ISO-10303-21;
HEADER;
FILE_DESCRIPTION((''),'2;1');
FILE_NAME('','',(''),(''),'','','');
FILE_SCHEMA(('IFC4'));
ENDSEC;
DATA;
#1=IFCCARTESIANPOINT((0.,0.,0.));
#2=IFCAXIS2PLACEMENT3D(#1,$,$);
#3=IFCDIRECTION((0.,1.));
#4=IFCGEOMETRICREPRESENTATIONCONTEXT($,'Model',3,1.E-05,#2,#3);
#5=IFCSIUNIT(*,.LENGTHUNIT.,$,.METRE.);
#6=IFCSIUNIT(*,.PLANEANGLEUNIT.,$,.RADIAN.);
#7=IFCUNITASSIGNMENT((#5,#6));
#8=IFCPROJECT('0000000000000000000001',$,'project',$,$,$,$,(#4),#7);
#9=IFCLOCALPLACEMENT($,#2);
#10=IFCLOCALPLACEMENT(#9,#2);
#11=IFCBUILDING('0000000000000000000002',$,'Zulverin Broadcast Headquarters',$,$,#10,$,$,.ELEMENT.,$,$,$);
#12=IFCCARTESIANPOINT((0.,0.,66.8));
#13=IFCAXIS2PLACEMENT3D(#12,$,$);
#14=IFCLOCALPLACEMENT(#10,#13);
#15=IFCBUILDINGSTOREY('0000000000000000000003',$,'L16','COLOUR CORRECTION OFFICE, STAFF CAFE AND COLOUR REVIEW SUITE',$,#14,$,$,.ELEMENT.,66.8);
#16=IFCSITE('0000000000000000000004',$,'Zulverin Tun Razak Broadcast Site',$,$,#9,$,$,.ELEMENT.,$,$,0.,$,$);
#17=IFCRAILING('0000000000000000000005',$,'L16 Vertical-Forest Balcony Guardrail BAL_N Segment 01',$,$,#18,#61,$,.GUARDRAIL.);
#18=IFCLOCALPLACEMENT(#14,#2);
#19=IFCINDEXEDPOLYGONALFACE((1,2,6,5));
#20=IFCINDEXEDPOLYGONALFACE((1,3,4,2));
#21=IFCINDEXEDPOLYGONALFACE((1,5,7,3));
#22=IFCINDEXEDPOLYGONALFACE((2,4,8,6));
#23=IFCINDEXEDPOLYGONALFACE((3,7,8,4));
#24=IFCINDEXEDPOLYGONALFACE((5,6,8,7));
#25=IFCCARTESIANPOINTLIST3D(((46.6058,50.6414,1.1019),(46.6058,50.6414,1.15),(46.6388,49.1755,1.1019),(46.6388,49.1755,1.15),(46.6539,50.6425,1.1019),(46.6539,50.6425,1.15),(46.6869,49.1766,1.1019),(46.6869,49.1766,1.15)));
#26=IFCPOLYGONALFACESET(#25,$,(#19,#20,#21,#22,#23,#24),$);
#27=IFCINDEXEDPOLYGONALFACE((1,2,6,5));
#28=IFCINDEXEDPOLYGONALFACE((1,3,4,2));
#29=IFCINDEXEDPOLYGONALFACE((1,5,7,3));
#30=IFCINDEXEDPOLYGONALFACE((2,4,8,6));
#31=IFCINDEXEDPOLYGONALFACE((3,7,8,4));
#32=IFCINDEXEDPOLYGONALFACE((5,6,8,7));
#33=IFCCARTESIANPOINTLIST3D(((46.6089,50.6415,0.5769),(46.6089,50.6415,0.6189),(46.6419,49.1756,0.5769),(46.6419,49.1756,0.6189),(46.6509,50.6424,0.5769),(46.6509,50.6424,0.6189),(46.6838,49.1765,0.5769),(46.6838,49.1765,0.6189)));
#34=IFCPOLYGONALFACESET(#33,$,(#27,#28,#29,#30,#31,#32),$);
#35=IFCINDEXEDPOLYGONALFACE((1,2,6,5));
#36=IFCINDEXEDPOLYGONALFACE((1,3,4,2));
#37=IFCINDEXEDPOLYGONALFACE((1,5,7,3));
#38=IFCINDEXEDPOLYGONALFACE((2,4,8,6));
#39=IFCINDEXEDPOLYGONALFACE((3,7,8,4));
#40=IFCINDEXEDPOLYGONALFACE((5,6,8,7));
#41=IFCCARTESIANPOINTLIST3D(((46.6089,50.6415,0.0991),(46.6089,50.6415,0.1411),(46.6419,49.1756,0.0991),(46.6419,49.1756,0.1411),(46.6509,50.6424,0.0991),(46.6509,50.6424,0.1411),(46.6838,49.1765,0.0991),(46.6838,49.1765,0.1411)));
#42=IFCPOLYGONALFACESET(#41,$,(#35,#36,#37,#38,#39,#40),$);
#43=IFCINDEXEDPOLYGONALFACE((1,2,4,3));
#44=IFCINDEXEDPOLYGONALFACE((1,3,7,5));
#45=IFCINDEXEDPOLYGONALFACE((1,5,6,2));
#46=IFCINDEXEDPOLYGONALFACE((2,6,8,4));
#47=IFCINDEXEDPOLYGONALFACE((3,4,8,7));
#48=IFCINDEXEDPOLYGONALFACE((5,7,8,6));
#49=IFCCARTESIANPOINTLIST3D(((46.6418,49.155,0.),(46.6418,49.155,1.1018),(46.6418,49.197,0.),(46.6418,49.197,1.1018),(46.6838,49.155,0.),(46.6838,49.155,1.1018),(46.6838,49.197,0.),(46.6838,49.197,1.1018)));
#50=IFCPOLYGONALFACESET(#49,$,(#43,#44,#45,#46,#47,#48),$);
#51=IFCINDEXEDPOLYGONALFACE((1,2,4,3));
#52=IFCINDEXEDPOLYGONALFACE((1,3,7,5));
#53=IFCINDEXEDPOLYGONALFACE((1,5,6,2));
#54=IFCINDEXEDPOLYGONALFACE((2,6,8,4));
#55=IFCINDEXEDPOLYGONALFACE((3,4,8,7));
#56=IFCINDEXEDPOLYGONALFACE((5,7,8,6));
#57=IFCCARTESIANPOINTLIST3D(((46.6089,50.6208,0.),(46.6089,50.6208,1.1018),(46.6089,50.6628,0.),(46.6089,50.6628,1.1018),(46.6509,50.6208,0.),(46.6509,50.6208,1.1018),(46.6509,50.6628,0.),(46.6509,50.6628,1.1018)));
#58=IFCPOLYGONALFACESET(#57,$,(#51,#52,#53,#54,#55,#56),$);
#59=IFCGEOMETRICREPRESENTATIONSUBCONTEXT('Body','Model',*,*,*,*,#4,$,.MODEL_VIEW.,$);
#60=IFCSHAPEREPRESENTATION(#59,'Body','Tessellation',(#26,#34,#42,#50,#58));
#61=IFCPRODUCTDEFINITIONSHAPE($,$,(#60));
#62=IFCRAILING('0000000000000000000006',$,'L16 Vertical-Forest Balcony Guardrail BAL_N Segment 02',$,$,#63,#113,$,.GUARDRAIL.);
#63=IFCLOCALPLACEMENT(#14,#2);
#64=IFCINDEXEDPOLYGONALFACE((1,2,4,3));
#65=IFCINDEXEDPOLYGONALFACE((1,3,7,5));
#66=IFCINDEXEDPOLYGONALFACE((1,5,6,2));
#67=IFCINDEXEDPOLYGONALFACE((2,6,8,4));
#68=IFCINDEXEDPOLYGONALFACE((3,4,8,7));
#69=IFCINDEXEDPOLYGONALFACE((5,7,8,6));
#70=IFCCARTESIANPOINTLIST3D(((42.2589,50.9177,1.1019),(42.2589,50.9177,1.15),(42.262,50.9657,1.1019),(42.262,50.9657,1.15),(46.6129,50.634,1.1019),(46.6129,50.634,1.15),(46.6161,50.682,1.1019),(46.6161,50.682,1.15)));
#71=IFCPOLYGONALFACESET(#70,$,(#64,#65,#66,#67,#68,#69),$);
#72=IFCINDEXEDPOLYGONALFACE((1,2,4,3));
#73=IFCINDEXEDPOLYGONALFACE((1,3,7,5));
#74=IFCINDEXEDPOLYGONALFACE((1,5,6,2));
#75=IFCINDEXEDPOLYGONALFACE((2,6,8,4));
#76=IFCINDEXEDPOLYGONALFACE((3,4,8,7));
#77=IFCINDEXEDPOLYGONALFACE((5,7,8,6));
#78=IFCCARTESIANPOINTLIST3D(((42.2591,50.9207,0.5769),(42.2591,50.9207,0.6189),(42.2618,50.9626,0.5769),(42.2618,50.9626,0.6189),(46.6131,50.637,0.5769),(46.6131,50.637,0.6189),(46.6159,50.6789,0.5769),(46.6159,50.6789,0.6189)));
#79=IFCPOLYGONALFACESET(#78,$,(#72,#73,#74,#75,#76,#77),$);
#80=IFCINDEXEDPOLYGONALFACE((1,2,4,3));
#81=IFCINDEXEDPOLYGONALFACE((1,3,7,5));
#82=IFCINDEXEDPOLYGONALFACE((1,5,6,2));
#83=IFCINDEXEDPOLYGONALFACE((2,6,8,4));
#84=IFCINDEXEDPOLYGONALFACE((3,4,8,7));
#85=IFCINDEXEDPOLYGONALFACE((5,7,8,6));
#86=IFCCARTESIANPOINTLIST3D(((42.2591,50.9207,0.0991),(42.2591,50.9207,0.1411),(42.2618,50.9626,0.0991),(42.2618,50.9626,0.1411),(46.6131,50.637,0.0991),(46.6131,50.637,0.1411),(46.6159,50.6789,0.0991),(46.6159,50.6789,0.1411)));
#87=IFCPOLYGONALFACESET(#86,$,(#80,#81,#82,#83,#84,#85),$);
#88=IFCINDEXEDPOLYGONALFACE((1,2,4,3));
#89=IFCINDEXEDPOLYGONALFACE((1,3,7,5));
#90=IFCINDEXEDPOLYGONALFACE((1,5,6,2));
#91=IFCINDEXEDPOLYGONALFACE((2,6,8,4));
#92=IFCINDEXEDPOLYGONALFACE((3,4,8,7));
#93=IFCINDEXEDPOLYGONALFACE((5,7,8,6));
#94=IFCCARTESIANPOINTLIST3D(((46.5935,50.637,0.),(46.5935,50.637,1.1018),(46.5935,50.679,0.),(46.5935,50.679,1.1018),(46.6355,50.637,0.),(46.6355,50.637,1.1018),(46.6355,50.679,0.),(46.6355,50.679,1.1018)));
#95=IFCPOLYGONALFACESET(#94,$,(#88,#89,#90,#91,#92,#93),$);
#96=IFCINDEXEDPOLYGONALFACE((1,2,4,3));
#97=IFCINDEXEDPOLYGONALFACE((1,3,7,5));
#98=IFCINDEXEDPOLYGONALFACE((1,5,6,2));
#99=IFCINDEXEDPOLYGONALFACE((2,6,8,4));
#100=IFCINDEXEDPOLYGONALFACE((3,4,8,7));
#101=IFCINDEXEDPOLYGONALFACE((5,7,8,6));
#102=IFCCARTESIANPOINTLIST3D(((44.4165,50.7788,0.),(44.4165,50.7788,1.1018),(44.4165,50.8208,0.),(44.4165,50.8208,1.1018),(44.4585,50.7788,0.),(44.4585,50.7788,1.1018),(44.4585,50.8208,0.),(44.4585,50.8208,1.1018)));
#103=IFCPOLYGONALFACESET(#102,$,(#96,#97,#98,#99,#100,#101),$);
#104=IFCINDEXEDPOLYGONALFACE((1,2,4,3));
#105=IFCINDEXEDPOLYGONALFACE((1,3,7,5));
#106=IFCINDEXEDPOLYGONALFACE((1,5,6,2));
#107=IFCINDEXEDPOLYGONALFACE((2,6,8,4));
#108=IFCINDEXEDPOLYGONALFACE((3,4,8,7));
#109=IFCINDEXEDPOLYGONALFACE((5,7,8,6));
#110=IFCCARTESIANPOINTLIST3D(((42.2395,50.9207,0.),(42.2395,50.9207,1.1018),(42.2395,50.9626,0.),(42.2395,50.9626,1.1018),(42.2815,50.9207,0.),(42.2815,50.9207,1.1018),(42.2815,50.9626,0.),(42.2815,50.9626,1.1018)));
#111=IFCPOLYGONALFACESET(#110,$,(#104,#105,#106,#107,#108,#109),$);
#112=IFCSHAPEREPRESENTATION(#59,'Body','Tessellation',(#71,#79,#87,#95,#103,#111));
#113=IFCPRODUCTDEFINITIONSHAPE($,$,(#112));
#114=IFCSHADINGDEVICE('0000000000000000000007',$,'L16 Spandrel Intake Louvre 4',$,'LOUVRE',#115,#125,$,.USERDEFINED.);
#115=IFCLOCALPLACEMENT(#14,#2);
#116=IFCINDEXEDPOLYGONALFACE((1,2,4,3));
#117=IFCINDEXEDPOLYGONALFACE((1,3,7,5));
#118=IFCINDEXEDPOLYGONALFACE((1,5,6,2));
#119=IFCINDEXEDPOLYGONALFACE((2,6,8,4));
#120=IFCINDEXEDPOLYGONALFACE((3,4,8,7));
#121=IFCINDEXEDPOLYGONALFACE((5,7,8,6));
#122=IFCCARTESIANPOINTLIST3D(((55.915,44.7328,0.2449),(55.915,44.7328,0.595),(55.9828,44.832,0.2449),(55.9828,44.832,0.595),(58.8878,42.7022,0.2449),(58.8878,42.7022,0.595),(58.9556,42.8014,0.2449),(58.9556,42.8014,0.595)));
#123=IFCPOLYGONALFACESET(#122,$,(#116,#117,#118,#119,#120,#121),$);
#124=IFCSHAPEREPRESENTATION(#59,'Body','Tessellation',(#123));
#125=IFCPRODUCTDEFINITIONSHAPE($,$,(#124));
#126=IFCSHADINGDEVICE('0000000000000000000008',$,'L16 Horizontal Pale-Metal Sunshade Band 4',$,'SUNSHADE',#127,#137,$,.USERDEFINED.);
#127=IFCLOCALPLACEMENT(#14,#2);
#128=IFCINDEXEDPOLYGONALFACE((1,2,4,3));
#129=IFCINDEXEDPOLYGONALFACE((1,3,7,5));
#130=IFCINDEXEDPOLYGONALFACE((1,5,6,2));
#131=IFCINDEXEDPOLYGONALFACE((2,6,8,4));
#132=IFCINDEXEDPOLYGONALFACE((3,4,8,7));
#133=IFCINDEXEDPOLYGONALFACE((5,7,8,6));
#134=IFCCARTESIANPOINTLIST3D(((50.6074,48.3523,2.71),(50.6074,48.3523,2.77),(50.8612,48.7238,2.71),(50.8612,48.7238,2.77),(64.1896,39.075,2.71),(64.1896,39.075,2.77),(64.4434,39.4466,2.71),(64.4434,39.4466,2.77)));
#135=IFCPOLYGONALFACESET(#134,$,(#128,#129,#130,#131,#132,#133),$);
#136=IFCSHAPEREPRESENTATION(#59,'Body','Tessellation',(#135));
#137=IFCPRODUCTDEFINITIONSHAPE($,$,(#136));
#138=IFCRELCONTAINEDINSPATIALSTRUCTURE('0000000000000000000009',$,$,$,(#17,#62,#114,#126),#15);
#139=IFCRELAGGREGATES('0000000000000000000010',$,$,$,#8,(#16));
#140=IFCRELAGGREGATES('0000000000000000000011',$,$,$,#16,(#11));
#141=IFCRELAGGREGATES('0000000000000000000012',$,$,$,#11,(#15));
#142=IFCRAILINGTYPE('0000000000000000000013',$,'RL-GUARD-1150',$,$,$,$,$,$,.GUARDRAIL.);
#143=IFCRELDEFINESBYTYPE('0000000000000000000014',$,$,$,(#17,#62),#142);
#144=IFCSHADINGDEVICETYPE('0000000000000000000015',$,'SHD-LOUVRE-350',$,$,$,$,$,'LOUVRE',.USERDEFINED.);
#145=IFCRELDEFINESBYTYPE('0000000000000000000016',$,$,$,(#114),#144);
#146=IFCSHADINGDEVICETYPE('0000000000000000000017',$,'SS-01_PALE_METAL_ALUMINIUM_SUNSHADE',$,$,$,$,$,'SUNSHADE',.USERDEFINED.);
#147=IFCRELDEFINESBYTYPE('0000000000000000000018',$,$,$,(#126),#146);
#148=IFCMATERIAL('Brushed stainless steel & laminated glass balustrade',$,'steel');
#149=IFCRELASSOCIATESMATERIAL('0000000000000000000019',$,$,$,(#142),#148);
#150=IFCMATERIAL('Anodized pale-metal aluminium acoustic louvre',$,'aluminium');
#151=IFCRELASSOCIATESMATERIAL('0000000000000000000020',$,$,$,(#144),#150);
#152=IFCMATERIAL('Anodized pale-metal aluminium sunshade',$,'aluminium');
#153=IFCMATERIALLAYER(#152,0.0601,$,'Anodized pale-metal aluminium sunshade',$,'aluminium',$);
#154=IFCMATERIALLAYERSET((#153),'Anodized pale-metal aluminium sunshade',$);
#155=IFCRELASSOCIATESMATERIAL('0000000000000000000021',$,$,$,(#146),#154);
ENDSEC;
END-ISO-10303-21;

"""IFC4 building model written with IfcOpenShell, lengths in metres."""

from ifc_helpers import new_model, si_unit, direction, frame, origin, origin_2d, place, context, subcontext, project, spatial, rectangle, extrude, material, layer, layer_set, type_object, element, save


model = new_model("IFC4")

# Units and contexts
model_context = context("Model", 3, precision=1e-05, world=origin(), true_north=direction((0.0, 1.0)))
body_context = subcontext(model_context, "Body", "Model", "MODEL_VIEW")
ifc_project = project(units=[si_unit("LENGTHUNIT", "METRE"), si_unit("PLANEANGLEUNIT", "RADIAN")], contexts=[model_context])

# Site, building, storey
site_placement = place(None, origin())
site = spatial("IfcSite", under=ifc_project, at=site_placement, Name="Zulverin Tun Razak Broadcast Site", CompositionType="ELEMENT", RefElevation=0.0)
building_placement = place(site_placement, origin())
building = spatial("IfcBuilding", under=site, at=building_placement, Name="Zulverin Broadcast Headquarters", CompositionType="ELEMENT")
storey_placement = place(building_placement, frame((0.0, 0.0, 66.8)))
storey = spatial("IfcBuildingStorey", under=building, at=storey_placement, Name="L16", Description="COLOUR CORRECTION OFFICE, STAFF CAFE AND COLOUR REVIEW SUITE", CompositionType="ELEMENT", Elevation=66.8)

# Railings
ifc_material_1 = material(Name="Brushed stainless steel & laminated glass balustrade", Category="steel")
railing_type = type_object("IfcRailingType", Name="RL-GUARD-1150", PredefinedType="GUARDRAIL", material=ifc_material_1)
railing_1_placement = place(storey_placement, frame((46.6628, 49.176, 0.0)))
element("IfcRailing", 1, at=railing_1_placement, inside=storey, type_object=railing_type, Name="L16 Vertical-Forest Balcony Guardrail BAL_N Segment 01", PredefinedType="GUARDRAIL", context=body_context, shape_type="SweptSolid", body=[
    extrude(rectangle(XDim=0.0481, YDim=0.0481, at=origin_2d()), frame((0.0, 0.0, 1.126), z_axis=(-0.022479, 0.999747, 0.0), x_axis=(-0.999747, -0.022479, 0.0)), (0.0, 0.0, 1.0), 1.4663),
    extrude(rectangle(XDim=0.042, YDim=0.042, at=origin_2d()), frame((0.0, 0.0, 0.5979), z_axis=(-0.022479, 0.999747, 0.0), x_axis=(-0.999747, -0.022479, 0.0)), (0.0, 0.0, 1.0), 1.4663),
    extrude(rectangle(XDim=0.042, YDim=0.042, at=origin_2d()), frame((0.0, 0.0, 0.1201), z_axis=(-0.022479, 0.999747, 0.0), x_axis=(-0.999747, -0.022479, 0.0)), (0.0, 0.0, 1.0), 1.4663),
    extrude(rectangle(XDim=0.042, YDim=0.042, at=origin_2d()), origin(), (0.0, 0.0, 1.0), 1.1018),
    extrude(rectangle(XDim=0.042, YDim=0.042, at=origin_2d()), frame((-0.033, 1.4658, 0.0)), (0.0, 0.0, 1.0), 1.1018),
])
railing_2_placement = place(storey_placement, frame((46.6145, 50.658, 0.0)))
element("IfcRailing", 2, at=railing_2_placement, inside=storey, type_object=railing_type, Name="L16 Vertical-Forest Balcony Guardrail BAL_N Segment 02", PredefinedType="GUARDRAIL", context=body_context, shape_type="SweptSolid", body=[
    extrude(rectangle(XDim=0.0481, YDim=0.0481, at=origin_2d()), frame((0.0, 0.0, 1.126), z_axis=(-0.997884, 0.065019, 0.0), x_axis=(-0.065019, -0.997884, 0.0)), (0.0, 0.0, 1.0), 4.3633),
    extrude(rectangle(XDim=0.042, YDim=0.042, at=origin_2d()), frame((0.0, 0.0, 0.5979), z_axis=(-0.997884, 0.065019, 0.0), x_axis=(-0.065019, -0.997884, 0.0)), (0.0, 0.0, 1.0), 4.3633),
    extrude(rectangle(XDim=0.042, YDim=0.042, at=origin_2d()), frame((0.0, 0.0, 0.1201), z_axis=(-0.997884, 0.065019, 0.0), x_axis=(-0.065019, -0.997884, 0.0)), (0.0, 0.0, 1.0), 4.3633),
    extrude(rectangle(XDim=0.042, YDim=0.042, at=origin_2d()), origin(), (0.0, 0.0, 1.0), 1.1018),
    extrude(rectangle(XDim=0.042, YDim=0.042, at=origin_2d()), frame((-2.177, 0.1418, 0.0)), (0.0, 0.0, 1.0), 1.1018),
    extrude(rectangle(XDim=0.042, YDim=0.042, at=origin_2d()), frame((-4.354, 0.2837, 0.0)), (0.0, 0.0, 1.0), 1.1018),
])

# Shading devices
ifc_material_2 = material(Name="Anodized pale-metal aluminium acoustic louvre", Category="aluminium")
shading_device_type_1 = type_object("IfcShadingDeviceType", Name="SHD-LOUVRE-350", ElementType="LOUVRE", PredefinedType="USERDEFINED", material=ifc_material_2)
shading_device_1_placement = place(storey_placement, frame((57.4353, 43.7671, 0.2449), z_axis=(0.0, 0.0, 1.0), x_axis=(-0.825757, 0.564026, 0.0)))
element("IfcShadingDevice", 3, at=shading_device_1_placement, inside=storey, type_object=shading_device_type_1, Name="L16 Spandrel Intake Louvre 4", ObjectType="LOUVRE", PredefinedType="USERDEFINED", context=body_context, shape_type="SweptSolid", body=[
    extrude(rectangle(XDim=3.6001, YDim=0.1201, at=origin_2d()), origin(), (0.0, 0.0, 1.0), 0.3501),
])
ifc_material_3 = material(Name="Anodized pale-metal aluminium sunshade", Category="aluminium")
ifc_layer_1 = layer(ifc_material_3, 0.0601, Name="Anodized pale-metal aluminium sunshade", Category="aluminium")
ifc_layer_set_1 = layer_set([ifc_layer_1], Name="Anodized pale-metal aluminium sunshade")
shading_device_type_2 = type_object("IfcShadingDeviceType", Name="SS-01_PALE_METAL_ALUMINIUM_SUNSHADE", ElementType="SUNSHADE", PredefinedType="USERDEFINED", material=ifc_layer_set_1)
shading_device_2_placement = place(storey_placement, frame((57.5254, 43.8994, 2.71), z_axis=(0.0, 0.0, 1.0), x_axis=(-0.825757, 0.564026, 0.0)))
element("IfcShadingDevice", 4, at=shading_device_2_placement, inside=storey, type_object=shading_device_type_2, Name="L16 Horizontal Pale-Metal Sunshade Band 4", ObjectType="SUNSHADE", PredefinedType="USERDEFINED", context=body_context, shape_type="SweptSolid", body=[
    extrude(rectangle(XDim=16.4482, YDim=0.45, at=origin_2d()), origin(), (0.0, 0.0, 1.0), 0.0601),
])

save(model, "model.ifc")
